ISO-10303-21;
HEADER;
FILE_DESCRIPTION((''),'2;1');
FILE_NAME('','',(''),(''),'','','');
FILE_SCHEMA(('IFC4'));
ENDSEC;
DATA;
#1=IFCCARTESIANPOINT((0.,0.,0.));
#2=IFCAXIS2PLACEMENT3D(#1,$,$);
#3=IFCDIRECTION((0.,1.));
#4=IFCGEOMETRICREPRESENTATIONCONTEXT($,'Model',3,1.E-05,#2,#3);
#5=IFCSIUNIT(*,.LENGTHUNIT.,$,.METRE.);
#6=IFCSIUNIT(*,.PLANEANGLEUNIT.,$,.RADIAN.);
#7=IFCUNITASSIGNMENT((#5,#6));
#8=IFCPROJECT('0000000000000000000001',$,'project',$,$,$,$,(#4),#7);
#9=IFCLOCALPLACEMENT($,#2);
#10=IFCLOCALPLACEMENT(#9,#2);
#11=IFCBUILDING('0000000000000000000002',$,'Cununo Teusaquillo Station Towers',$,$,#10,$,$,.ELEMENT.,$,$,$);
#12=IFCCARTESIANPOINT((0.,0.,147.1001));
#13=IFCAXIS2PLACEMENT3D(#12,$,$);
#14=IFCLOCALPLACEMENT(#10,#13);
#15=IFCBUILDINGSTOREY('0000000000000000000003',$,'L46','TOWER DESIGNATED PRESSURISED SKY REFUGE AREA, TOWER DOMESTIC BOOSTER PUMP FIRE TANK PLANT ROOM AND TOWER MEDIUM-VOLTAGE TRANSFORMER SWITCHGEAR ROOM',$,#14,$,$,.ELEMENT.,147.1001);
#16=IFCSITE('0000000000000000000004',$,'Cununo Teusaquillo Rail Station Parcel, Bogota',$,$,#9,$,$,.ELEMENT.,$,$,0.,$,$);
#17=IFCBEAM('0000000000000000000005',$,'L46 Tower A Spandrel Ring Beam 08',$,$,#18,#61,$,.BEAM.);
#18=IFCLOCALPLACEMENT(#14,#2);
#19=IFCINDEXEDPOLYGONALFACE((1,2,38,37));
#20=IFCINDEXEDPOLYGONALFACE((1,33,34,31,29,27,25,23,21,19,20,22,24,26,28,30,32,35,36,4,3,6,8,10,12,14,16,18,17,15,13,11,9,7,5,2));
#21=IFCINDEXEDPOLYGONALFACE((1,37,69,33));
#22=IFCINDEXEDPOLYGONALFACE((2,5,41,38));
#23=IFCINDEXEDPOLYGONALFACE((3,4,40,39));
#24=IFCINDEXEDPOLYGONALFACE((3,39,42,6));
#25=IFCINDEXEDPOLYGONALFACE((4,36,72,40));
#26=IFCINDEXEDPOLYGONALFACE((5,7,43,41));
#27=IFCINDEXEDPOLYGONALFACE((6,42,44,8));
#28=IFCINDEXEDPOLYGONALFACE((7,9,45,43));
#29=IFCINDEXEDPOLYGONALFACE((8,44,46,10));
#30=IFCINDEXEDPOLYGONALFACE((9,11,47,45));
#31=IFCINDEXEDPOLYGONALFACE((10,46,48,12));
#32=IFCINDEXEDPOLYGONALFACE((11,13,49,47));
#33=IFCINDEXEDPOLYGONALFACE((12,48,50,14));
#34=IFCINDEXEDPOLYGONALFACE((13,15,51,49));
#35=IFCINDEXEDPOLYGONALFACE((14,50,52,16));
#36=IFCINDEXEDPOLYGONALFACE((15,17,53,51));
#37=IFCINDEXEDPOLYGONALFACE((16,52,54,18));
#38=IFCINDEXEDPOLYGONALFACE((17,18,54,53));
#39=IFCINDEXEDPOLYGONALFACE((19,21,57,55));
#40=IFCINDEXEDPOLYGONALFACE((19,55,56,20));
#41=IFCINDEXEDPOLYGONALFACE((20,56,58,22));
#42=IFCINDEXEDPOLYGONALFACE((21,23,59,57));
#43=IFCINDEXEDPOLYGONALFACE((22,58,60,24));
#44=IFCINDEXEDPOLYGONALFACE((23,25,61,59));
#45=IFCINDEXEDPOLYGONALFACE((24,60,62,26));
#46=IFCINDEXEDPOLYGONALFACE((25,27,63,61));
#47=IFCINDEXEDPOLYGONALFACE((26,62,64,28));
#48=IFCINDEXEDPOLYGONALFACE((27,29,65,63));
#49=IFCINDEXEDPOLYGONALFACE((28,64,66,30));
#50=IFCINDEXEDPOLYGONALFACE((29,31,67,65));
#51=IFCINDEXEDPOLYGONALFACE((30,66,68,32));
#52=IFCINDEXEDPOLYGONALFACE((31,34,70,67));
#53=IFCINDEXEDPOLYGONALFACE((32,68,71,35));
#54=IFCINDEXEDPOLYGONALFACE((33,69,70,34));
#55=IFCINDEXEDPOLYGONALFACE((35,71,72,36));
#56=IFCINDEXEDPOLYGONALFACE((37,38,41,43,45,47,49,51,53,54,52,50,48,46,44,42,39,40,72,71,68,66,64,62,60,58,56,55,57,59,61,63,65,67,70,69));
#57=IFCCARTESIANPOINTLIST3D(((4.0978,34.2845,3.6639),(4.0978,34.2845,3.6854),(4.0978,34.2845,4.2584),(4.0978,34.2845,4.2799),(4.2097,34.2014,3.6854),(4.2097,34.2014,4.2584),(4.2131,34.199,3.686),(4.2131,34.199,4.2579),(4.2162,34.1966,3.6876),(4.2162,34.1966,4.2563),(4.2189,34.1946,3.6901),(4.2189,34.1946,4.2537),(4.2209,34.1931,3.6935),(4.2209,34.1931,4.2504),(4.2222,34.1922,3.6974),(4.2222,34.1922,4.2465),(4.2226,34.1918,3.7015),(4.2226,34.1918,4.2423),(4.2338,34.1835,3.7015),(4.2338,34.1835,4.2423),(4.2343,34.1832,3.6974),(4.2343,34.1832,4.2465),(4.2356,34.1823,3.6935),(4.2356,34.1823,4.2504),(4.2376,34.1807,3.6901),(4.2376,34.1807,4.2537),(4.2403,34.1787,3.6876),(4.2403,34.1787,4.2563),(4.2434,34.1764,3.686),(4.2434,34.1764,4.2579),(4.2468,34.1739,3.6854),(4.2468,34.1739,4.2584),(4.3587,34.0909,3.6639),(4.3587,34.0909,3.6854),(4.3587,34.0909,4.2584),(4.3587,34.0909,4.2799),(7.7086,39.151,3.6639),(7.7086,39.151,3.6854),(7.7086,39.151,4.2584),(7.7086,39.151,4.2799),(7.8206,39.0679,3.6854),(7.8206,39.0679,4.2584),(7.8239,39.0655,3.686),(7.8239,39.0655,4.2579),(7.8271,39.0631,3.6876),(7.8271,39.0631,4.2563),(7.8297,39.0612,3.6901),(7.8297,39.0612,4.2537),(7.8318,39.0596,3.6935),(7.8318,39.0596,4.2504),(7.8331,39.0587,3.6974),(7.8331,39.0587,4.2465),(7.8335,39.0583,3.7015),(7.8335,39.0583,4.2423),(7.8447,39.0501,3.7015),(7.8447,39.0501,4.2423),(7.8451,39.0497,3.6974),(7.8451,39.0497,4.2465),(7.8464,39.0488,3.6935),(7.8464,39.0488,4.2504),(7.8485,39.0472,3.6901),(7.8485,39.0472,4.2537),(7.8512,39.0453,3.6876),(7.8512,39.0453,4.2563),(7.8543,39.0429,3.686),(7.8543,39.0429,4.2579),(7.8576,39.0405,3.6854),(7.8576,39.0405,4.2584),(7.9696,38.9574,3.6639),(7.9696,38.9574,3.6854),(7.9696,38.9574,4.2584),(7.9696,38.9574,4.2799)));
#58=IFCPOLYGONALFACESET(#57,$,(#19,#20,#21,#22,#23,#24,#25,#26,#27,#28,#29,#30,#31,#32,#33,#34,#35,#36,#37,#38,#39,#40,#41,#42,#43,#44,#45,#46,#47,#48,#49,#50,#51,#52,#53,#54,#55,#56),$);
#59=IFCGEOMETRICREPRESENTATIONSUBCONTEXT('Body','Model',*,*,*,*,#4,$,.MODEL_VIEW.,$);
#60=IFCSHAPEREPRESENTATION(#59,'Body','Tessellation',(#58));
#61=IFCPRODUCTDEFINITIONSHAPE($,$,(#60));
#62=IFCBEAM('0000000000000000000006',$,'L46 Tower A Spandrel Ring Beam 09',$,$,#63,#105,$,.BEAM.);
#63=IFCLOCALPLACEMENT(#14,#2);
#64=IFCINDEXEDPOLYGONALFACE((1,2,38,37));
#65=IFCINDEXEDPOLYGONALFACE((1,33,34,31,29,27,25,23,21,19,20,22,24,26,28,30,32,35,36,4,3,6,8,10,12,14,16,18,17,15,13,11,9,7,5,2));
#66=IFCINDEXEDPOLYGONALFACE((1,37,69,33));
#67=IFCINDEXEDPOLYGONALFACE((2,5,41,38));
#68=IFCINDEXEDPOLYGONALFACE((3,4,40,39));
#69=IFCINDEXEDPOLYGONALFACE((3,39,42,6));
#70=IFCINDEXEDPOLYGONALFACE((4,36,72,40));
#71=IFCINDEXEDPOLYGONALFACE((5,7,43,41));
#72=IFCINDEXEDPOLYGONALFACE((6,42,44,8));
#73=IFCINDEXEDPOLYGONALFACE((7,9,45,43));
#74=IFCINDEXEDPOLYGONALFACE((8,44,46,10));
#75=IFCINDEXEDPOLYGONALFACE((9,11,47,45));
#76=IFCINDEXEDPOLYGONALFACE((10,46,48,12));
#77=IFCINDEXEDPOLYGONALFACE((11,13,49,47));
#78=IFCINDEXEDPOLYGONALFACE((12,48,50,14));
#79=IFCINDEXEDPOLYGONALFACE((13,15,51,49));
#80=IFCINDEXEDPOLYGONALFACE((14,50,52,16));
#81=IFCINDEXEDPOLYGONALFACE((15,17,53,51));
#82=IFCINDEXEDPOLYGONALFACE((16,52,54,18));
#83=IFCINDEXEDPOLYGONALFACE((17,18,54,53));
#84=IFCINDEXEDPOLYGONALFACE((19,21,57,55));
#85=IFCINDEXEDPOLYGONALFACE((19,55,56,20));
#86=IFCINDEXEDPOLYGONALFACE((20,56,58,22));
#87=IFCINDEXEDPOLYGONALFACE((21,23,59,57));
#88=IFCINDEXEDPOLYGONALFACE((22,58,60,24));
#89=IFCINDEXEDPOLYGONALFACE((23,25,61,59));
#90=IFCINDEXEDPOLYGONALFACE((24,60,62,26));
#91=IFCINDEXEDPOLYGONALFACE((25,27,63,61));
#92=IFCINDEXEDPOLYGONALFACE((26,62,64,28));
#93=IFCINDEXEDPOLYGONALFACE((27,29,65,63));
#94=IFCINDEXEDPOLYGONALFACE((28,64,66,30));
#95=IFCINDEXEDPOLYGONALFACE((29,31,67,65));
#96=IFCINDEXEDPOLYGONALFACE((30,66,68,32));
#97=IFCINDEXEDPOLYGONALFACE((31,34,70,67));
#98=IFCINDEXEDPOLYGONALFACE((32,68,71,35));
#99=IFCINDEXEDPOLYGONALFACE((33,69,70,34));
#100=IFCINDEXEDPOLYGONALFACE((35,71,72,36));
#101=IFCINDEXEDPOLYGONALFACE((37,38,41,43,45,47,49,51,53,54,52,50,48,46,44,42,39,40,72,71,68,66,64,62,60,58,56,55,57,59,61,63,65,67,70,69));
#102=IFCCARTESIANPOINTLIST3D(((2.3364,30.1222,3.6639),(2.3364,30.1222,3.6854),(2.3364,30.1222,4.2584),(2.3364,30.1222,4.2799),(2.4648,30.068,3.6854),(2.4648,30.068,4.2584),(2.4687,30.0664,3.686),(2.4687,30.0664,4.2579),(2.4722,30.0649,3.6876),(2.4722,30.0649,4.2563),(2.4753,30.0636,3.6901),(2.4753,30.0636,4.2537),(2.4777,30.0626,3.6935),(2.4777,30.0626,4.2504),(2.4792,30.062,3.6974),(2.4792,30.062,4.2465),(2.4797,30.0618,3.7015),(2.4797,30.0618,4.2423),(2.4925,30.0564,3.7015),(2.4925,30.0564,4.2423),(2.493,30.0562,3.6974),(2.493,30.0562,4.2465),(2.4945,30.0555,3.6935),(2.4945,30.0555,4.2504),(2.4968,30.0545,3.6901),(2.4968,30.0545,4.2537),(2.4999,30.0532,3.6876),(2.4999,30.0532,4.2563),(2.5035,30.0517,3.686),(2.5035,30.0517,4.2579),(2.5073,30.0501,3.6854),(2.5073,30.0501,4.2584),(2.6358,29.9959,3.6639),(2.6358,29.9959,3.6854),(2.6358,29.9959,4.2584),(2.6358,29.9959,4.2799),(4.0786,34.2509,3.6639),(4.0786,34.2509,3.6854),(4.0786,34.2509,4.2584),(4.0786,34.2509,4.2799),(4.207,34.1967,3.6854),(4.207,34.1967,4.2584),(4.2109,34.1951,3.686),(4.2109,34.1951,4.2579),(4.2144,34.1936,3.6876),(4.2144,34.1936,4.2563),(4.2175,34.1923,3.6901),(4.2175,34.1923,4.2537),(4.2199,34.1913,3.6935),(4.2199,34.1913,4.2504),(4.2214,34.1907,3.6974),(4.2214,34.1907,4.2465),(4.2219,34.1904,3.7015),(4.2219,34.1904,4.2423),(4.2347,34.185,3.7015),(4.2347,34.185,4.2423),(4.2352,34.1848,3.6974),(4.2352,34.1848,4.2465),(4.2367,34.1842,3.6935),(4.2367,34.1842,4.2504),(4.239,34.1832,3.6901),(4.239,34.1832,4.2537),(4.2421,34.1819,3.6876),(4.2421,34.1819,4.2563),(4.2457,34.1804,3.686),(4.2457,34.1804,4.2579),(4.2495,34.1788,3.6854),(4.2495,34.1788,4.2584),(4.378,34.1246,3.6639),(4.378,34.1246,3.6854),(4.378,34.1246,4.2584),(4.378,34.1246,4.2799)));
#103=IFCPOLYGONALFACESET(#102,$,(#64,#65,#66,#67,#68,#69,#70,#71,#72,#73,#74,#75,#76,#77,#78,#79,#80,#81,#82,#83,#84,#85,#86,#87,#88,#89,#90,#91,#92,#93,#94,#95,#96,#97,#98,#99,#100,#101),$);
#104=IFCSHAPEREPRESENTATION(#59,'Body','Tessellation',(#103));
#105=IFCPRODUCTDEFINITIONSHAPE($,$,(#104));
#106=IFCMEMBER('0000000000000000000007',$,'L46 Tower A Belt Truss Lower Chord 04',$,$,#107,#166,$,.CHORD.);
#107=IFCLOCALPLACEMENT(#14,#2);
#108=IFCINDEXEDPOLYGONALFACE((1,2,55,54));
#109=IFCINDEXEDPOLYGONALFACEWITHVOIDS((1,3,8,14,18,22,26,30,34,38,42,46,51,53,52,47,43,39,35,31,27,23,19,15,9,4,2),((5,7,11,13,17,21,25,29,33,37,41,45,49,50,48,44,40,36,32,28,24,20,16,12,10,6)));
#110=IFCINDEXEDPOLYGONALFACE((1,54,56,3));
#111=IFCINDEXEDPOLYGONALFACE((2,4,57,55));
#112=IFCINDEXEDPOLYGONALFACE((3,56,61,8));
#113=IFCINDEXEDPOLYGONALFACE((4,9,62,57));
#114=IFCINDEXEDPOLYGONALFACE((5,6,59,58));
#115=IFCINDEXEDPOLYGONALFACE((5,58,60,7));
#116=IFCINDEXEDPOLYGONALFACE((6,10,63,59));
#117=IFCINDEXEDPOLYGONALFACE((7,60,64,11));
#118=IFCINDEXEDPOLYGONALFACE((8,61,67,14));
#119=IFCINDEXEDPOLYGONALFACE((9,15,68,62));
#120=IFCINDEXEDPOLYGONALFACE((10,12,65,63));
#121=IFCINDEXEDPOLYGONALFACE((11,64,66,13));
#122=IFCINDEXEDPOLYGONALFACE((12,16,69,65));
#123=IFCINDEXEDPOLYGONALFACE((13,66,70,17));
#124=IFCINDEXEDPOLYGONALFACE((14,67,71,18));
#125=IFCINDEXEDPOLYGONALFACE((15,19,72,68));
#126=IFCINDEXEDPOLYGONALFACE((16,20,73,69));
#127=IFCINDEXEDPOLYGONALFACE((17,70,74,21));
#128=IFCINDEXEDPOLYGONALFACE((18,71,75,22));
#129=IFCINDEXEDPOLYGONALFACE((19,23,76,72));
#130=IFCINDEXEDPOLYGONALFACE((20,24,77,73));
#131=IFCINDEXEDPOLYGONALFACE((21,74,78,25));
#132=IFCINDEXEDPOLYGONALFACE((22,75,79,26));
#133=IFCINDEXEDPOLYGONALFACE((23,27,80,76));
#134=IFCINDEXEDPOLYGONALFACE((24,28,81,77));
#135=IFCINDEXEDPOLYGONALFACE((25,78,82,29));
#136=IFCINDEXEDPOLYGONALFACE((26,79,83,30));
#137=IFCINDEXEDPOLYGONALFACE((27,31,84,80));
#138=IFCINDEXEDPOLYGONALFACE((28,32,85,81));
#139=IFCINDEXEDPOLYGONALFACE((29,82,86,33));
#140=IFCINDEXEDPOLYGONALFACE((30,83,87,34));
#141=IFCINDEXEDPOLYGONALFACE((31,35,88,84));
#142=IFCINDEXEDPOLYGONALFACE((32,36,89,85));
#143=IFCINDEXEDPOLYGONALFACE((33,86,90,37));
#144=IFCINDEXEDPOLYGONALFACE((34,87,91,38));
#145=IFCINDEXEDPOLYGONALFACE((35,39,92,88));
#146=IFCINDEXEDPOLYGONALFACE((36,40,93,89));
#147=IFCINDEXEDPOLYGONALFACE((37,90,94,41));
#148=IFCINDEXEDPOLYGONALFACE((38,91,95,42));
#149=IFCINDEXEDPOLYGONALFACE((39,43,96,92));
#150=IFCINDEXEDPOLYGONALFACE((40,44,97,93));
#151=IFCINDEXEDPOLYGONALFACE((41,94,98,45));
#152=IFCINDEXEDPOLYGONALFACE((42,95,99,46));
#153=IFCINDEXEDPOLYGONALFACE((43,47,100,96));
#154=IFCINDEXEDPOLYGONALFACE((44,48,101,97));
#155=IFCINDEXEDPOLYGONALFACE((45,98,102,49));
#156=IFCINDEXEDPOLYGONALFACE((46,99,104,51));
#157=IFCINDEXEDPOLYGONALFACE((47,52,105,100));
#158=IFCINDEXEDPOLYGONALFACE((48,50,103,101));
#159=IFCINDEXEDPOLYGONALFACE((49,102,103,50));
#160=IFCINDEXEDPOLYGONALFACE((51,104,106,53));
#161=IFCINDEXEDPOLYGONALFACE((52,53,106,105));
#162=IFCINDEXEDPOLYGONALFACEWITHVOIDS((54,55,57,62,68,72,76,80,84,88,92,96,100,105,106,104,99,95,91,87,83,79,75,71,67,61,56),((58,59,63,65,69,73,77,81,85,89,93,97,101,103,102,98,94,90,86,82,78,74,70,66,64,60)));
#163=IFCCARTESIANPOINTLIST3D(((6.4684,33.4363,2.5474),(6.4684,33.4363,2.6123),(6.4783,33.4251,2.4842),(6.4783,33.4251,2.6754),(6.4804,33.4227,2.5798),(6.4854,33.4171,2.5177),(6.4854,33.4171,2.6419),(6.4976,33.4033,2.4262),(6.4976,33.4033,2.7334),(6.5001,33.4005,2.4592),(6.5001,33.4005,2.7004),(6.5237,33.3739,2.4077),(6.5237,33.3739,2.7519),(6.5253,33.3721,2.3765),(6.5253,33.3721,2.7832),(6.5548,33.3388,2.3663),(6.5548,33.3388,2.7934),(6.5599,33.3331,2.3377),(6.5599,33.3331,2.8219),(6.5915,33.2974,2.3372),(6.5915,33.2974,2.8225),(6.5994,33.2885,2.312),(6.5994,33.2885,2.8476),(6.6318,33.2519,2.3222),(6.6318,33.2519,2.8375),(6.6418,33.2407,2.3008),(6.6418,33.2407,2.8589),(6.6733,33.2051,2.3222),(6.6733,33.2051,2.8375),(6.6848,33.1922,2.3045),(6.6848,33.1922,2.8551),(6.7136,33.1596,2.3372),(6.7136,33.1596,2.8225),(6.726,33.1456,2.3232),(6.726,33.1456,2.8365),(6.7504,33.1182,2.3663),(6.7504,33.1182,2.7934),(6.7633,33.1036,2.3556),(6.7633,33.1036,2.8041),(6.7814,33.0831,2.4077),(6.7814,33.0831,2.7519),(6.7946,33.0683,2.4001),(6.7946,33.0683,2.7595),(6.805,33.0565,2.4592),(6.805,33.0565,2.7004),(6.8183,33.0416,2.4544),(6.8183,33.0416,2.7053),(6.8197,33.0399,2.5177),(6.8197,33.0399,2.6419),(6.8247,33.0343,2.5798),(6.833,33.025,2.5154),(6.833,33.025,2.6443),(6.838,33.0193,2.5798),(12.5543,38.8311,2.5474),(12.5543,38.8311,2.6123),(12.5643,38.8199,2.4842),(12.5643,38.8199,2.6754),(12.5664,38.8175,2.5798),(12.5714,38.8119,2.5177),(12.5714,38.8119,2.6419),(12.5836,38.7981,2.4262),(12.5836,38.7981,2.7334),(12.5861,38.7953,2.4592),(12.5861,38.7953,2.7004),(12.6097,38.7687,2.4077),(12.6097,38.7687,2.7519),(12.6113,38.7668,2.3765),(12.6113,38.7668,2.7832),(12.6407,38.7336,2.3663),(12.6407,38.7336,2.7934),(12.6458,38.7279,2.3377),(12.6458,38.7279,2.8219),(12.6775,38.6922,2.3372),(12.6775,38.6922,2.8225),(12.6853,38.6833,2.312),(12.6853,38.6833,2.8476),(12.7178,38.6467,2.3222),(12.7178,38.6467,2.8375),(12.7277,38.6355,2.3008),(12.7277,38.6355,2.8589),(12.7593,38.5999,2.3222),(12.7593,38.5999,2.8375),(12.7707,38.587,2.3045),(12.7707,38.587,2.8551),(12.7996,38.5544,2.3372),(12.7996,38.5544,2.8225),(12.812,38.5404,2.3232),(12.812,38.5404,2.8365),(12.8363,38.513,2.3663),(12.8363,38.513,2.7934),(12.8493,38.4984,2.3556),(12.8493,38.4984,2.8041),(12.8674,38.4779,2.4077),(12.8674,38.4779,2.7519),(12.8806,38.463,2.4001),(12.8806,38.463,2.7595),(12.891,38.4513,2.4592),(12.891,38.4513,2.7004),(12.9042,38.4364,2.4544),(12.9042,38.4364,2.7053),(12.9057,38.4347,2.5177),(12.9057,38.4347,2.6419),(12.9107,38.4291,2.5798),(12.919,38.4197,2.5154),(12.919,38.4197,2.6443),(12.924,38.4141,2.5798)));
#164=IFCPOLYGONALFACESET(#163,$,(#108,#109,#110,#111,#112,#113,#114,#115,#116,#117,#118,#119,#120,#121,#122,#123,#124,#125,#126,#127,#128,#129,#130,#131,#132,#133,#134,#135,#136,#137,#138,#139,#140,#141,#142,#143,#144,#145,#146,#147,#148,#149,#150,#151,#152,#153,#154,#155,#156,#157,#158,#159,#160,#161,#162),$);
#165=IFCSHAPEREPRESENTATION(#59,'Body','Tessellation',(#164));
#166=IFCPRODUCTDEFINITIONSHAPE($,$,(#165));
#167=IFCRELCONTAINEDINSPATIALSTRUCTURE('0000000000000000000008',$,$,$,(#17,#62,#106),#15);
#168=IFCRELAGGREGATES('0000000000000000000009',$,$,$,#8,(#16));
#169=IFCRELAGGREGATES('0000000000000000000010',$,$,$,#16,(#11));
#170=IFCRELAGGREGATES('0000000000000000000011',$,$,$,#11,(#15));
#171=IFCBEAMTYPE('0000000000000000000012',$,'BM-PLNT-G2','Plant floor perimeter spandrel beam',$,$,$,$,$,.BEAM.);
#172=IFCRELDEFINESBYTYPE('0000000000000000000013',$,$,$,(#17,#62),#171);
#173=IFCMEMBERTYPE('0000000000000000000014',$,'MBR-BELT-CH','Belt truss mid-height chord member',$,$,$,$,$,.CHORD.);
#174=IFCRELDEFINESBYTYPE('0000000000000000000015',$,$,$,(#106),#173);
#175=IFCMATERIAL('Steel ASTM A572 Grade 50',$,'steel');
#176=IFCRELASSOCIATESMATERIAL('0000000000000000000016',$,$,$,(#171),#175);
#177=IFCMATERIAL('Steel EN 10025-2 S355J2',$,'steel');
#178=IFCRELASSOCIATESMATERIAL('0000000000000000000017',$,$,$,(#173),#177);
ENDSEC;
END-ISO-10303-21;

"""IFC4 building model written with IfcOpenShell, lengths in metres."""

from ifc_helpers import new_model, si_unit, direction, frame, origin, origin_2d, place, context, subcontext, project, spatial, hollow_circle, i_section, extrude, material, material_profile, profile_set, type_object, element, save


model = new_model("IFC4")

# Units and contexts
model_context = context("Model", 3, precision=1e-05, world=origin(), true_north=direction((0.0, 1.0)))
body_context = subcontext(model_context, "Body", "Model", "MODEL_VIEW")
ifc_project = project(units=[si_unit("LENGTHUNIT", "METRE"), si_unit("PLANEANGLEUNIT", "RADIAN")], contexts=[model_context])

# Site, building, storey
site_placement = place(None, origin())
site = spatial("IfcSite", under=ifc_project, at=site_placement, Name="Cununo Teusaquillo Rail Station Parcel, Bogota", CompositionType="ELEMENT", RefElevation=0.0)
building_placement = place(site_placement, origin())
building = spatial("IfcBuilding", under=site, at=building_placement, Name="Cununo Teusaquillo Station Towers", CompositionType="ELEMENT")
storey_placement = place(building_placement, frame((0.0, 0.0, 147.1001)))
storey = spatial("IfcBuildingStorey", under=building, at=storey_placement, Name="L46", Description="TOWER DESIGNATED PRESSURISED SKY REFUGE AREA, TOWER DOMESTIC BOOSTER PUMP FIRE TANK PLANT ROOM AND TOWER MEDIUM-VOLTAGE TRANSFORMER SWITCHGEAR ROOM", CompositionType="ELEMENT", Elevation=147.1001)

# Beams
ifc_material_1 = material(Name="Steel ASTM A572 Grade 50", Category="steel")
ifc_material_profile_1 = material_profile(ifc_material_1, i_section(OverallWidth=0.325, OverallDepth=0.616, WebThickness=0.0139, FlangeThickness=0.0215, FilletRadius=0.0161, at=origin_2d()), Name="W24X117")
ifc_profile_set_1 = profile_set([ifc_material_profile_1], Name="Steel ASTM A572 Grade 50")
beam_type_1 = type_object("IfcBeamType", Name="BM-PLNT-G2", Description="Plant floor perimeter spandrel beam", PredefinedType="BEAM", material=ifc_profile_set_1)
beam_1_placement = place(storey_placement, frame((7.8391, 39.0542, 3.9719), z_axis=(-0.595873, -0.803079, 0.0), x_axis=(0.803079, -0.595873, 0.0)))
element("IfcBeam", 1, at=beam_1_placement, inside=storey, type_object=beam_type_1, Name="L46 Tower A Spandrel Ring Beam 08", PredefinedType="BEAM", context=body_context, shape_type="SweptSolid", body=[
    extrude(i_section(OverallWidth=0.325, OverallDepth=0.616, WebThickness=0.0139, FlangeThickness=0.0215, FilletRadius=0.0161, at=origin_2d()), origin(), (0.0, 0.0, 1.0), 6.0598),
])
beam_2_placement = place(storey_placement, frame((4.2283, 34.1877, 3.9719), z_axis=(-0.388778, -0.921332, 0.0), x_axis=(0.921332, -0.388778, 0.0)))
element("IfcBeam", 2, at=beam_2_placement, inside=storey, type_object=beam_type_1, Name="L46 Tower A Spandrel Ring Beam 09", PredefinedType="BEAM", context=body_context, shape_type="SweptSolid", body=[
    extrude(i_section(OverallWidth=0.325, OverallDepth=0.616, WebThickness=0.0139, FlangeThickness=0.0215, FilletRadius=0.0161, at=origin_2d()), origin(), (0.0, 0.0, 1.0), 4.4812),
])

# Member
ifc_material_2 = material(Name="Steel EN 10025-2 S355J2", Category="steel")
ifc_material_profile_2 = material_profile(ifc_material_2, hollow_circle(Radius=0.2795, WallThickness=0.02, at=origin_2d()), Name="CHS 559x20")
ifc_profile_set_2 = profile_set([ifc_material_profile_2], Name="Steel EN 10025-2 S355J2")
member_type_1 = type_object("IfcMemberType", Name="MBR-BELT-CH", Description="Belt truss mid-height chord member", PredefinedType="CHORD", material=ifc_profile_set_2)
member_1_placement = place(storey_placement, frame((12.7385, 38.6233, 2.5798), z_axis=(-0.748321, -0.663337, 0.0), x_axis=(0.663337, -0.748321, 0.0)))
element("IfcMember", 3, at=member_1_placement, inside=storey, type_object=member_type_1, Name="L46 Tower A Belt Truss Lower Chord 04", PredefinedType="CHORD", context=body_context, shape_type="SweptSolid", body=[
    extrude(hollow_circle(Radius=0.2795, WallThickness=0.02, at=origin_2d()), origin(), (0.0, 0.0, 1.0), 8.1328),
])

save(model, "model.ifc")
